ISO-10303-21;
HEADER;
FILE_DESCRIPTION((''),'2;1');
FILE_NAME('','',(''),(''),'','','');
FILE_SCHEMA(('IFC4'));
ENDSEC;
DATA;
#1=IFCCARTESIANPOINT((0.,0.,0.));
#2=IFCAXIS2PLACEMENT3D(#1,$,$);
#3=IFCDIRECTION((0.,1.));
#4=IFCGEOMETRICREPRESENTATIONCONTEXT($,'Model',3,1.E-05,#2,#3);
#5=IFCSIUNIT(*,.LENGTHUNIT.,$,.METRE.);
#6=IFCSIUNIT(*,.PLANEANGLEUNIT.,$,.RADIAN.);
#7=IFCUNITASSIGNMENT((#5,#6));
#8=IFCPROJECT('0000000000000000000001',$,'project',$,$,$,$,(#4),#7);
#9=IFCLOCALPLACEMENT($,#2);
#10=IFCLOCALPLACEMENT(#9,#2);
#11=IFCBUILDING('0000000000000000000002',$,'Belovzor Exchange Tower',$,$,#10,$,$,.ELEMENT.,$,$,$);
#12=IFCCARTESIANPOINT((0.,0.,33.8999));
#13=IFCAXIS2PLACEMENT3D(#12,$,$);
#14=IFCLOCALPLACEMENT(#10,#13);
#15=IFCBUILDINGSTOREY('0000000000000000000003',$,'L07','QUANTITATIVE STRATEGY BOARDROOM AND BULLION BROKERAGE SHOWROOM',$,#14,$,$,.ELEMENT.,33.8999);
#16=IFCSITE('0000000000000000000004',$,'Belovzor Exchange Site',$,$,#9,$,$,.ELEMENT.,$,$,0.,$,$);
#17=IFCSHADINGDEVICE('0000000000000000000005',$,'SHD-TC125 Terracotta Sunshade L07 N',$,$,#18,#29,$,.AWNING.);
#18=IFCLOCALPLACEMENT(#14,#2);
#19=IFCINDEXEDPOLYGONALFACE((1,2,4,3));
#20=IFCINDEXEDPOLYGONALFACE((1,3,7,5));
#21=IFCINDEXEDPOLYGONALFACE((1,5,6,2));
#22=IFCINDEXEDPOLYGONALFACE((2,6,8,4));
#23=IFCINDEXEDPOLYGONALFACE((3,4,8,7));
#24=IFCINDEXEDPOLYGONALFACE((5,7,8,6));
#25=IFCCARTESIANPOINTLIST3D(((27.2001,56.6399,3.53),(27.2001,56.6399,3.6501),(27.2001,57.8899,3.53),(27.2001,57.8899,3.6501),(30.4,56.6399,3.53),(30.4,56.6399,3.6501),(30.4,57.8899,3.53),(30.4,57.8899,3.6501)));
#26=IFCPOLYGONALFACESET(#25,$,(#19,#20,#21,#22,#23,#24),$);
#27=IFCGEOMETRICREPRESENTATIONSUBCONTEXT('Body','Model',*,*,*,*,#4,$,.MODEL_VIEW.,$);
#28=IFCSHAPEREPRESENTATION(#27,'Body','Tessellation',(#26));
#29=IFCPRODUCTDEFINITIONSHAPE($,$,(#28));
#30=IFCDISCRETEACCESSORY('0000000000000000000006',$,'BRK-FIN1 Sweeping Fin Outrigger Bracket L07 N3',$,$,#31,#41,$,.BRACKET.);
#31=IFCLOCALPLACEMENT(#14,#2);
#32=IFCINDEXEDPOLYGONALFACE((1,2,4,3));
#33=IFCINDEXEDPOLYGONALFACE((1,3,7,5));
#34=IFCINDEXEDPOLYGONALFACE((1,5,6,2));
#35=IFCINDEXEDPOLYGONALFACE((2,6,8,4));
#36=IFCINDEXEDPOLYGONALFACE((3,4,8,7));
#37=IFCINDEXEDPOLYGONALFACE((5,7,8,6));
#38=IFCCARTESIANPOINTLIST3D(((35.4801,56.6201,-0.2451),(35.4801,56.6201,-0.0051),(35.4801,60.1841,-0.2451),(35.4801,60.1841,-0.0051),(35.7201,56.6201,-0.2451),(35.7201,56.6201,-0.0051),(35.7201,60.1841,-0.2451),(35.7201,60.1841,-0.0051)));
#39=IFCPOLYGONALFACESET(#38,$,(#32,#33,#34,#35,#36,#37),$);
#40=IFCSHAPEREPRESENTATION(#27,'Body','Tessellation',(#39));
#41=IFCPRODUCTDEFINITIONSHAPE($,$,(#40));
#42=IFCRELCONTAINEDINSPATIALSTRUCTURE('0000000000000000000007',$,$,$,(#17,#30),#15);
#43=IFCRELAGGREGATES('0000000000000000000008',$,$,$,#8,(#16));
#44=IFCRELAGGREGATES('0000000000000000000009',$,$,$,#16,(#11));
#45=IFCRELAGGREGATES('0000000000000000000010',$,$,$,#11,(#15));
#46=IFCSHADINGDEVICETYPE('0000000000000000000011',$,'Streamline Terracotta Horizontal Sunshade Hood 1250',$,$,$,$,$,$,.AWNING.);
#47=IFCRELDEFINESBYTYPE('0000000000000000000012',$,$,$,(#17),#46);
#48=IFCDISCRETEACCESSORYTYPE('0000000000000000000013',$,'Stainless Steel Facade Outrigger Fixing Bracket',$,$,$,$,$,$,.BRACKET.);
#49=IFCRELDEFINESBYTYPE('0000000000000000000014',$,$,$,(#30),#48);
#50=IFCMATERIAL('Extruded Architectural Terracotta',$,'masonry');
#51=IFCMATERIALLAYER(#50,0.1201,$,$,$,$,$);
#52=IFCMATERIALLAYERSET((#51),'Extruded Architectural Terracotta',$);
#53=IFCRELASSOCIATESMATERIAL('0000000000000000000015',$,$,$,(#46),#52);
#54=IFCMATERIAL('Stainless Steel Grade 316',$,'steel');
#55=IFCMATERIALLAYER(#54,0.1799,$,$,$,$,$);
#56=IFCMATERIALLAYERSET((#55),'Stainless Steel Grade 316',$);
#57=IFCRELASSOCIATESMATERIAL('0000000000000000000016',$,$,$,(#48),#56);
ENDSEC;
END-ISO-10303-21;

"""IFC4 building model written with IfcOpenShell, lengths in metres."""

from ifc_helpers import new_model, si_unit, direction, frame, origin, origin_2d, place, context, subcontext, project, spatial, rectangle, extrude, material, layer, layer_set, type_object, element, save


model = new_model("IFC4")

# Units and contexts
model_context = context("Model", 3, precision=1e-05, world=origin(), true_north=direction((0.0, 1.0)))
body_context = subcontext(model_context, "Body", "Model", "MODEL_VIEW")
ifc_project = project(units=[si_unit("LENGTHUNIT", "METRE"), si_unit("PLANEANGLEUNIT", "RADIAN")], contexts=[model_context])

# Site, building, storey
site_placement = place(None, origin())
site = spatial("IfcSite", under=ifc_project, at=site_placement, Name="Belovzor Exchange Site", CompositionType="ELEMENT", RefElevation=0.0)
building_placement = place(site_placement, origin())
building = spatial("IfcBuilding", under=site, at=building_placement, Name="Belovzor Exchange Tower", CompositionType="ELEMENT")
storey_placement = place(building_placement, frame((0.0, 0.0, 33.8999)))
storey = spatial("IfcBuildingStorey", under=building, at=storey_placement, Name="L07", Description="QUANTITATIVE STRATEGY BOARDROOM AND BULLION BROKERAGE SHOWROOM", CompositionType="ELEMENT", Elevation=33.8999)

# Shading device
ifc_material_1 = material(Name="Extruded Architectural Terracotta", Category="masonry")
ifc_layer_1 = layer(ifc_material_1, 0.1201)
ifc_layer_set_1 = layer_set([ifc_layer_1], Name="Extruded Architectural Terracotta")
shading_device_type = type_object("IfcShadingDeviceType", Name="Streamline Terracotta Horizontal Sunshade Hood 1250", PredefinedType="AWNING", material=ifc_layer_set_1)
shading_device_placement = place(storey_placement, frame((28.8, 57.2649, 3.53), z_axis=(0.0, 0.0, 1.0), x_axis=(1.0, 0.0, 0.0)))
element("IfcShadingDevice", 1, at=shading_device_placement, inside=storey, type_object=shading_device_type, Name="SHD-TC125 Terracotta Sunshade L07 N", PredefinedType="AWNING", context=body_context, shape_type="SweptSolid", body=[
    extrude(rectangle(XDim=3.2, YDim=1.25, at=origin_2d()), origin(), (0.0, 0.0, 1.0), 0.1201),
])

# Discrete accessory
ifc_material_2 = material(Name="Stainless Steel Grade 316", Category="steel")
ifc_layer_2 = layer(ifc_material_2, 0.1799)
ifc_layer_set_2 = layer_set([ifc_layer_2], Name="Stainless Steel Grade 316")
discrete_accessory_type = type_object("IfcDiscreteAccessoryType", Name="Stainless Steel Facade Outrigger Fixing Bracket", PredefinedType="BRACKET", material=ifc_layer_set_2)
discrete_accessory_placement = place(storey_placement, frame((35.6001, 58.4021, -0.2451), z_axis=(0.0, 0.0, 1.0), x_axis=(0.0, 1.0, 0.0)))
element("IfcDiscreteAccessory", 2, at=discrete_accessory_placement, inside=storey, type_object=discrete_accessory_type, Name="BRK-FIN1 Sweeping Fin Outrigger Bracket L07 N3", PredefinedType="BRACKET", context=body_context, shape_type="SweptSolid", body=[
    extrude(rectangle(XDim=3.564, YDim=0.24, at=origin_2d()), origin(), (0.0, 0.0, 1.0), 0.24),
])

save(model, "model.ifc")
